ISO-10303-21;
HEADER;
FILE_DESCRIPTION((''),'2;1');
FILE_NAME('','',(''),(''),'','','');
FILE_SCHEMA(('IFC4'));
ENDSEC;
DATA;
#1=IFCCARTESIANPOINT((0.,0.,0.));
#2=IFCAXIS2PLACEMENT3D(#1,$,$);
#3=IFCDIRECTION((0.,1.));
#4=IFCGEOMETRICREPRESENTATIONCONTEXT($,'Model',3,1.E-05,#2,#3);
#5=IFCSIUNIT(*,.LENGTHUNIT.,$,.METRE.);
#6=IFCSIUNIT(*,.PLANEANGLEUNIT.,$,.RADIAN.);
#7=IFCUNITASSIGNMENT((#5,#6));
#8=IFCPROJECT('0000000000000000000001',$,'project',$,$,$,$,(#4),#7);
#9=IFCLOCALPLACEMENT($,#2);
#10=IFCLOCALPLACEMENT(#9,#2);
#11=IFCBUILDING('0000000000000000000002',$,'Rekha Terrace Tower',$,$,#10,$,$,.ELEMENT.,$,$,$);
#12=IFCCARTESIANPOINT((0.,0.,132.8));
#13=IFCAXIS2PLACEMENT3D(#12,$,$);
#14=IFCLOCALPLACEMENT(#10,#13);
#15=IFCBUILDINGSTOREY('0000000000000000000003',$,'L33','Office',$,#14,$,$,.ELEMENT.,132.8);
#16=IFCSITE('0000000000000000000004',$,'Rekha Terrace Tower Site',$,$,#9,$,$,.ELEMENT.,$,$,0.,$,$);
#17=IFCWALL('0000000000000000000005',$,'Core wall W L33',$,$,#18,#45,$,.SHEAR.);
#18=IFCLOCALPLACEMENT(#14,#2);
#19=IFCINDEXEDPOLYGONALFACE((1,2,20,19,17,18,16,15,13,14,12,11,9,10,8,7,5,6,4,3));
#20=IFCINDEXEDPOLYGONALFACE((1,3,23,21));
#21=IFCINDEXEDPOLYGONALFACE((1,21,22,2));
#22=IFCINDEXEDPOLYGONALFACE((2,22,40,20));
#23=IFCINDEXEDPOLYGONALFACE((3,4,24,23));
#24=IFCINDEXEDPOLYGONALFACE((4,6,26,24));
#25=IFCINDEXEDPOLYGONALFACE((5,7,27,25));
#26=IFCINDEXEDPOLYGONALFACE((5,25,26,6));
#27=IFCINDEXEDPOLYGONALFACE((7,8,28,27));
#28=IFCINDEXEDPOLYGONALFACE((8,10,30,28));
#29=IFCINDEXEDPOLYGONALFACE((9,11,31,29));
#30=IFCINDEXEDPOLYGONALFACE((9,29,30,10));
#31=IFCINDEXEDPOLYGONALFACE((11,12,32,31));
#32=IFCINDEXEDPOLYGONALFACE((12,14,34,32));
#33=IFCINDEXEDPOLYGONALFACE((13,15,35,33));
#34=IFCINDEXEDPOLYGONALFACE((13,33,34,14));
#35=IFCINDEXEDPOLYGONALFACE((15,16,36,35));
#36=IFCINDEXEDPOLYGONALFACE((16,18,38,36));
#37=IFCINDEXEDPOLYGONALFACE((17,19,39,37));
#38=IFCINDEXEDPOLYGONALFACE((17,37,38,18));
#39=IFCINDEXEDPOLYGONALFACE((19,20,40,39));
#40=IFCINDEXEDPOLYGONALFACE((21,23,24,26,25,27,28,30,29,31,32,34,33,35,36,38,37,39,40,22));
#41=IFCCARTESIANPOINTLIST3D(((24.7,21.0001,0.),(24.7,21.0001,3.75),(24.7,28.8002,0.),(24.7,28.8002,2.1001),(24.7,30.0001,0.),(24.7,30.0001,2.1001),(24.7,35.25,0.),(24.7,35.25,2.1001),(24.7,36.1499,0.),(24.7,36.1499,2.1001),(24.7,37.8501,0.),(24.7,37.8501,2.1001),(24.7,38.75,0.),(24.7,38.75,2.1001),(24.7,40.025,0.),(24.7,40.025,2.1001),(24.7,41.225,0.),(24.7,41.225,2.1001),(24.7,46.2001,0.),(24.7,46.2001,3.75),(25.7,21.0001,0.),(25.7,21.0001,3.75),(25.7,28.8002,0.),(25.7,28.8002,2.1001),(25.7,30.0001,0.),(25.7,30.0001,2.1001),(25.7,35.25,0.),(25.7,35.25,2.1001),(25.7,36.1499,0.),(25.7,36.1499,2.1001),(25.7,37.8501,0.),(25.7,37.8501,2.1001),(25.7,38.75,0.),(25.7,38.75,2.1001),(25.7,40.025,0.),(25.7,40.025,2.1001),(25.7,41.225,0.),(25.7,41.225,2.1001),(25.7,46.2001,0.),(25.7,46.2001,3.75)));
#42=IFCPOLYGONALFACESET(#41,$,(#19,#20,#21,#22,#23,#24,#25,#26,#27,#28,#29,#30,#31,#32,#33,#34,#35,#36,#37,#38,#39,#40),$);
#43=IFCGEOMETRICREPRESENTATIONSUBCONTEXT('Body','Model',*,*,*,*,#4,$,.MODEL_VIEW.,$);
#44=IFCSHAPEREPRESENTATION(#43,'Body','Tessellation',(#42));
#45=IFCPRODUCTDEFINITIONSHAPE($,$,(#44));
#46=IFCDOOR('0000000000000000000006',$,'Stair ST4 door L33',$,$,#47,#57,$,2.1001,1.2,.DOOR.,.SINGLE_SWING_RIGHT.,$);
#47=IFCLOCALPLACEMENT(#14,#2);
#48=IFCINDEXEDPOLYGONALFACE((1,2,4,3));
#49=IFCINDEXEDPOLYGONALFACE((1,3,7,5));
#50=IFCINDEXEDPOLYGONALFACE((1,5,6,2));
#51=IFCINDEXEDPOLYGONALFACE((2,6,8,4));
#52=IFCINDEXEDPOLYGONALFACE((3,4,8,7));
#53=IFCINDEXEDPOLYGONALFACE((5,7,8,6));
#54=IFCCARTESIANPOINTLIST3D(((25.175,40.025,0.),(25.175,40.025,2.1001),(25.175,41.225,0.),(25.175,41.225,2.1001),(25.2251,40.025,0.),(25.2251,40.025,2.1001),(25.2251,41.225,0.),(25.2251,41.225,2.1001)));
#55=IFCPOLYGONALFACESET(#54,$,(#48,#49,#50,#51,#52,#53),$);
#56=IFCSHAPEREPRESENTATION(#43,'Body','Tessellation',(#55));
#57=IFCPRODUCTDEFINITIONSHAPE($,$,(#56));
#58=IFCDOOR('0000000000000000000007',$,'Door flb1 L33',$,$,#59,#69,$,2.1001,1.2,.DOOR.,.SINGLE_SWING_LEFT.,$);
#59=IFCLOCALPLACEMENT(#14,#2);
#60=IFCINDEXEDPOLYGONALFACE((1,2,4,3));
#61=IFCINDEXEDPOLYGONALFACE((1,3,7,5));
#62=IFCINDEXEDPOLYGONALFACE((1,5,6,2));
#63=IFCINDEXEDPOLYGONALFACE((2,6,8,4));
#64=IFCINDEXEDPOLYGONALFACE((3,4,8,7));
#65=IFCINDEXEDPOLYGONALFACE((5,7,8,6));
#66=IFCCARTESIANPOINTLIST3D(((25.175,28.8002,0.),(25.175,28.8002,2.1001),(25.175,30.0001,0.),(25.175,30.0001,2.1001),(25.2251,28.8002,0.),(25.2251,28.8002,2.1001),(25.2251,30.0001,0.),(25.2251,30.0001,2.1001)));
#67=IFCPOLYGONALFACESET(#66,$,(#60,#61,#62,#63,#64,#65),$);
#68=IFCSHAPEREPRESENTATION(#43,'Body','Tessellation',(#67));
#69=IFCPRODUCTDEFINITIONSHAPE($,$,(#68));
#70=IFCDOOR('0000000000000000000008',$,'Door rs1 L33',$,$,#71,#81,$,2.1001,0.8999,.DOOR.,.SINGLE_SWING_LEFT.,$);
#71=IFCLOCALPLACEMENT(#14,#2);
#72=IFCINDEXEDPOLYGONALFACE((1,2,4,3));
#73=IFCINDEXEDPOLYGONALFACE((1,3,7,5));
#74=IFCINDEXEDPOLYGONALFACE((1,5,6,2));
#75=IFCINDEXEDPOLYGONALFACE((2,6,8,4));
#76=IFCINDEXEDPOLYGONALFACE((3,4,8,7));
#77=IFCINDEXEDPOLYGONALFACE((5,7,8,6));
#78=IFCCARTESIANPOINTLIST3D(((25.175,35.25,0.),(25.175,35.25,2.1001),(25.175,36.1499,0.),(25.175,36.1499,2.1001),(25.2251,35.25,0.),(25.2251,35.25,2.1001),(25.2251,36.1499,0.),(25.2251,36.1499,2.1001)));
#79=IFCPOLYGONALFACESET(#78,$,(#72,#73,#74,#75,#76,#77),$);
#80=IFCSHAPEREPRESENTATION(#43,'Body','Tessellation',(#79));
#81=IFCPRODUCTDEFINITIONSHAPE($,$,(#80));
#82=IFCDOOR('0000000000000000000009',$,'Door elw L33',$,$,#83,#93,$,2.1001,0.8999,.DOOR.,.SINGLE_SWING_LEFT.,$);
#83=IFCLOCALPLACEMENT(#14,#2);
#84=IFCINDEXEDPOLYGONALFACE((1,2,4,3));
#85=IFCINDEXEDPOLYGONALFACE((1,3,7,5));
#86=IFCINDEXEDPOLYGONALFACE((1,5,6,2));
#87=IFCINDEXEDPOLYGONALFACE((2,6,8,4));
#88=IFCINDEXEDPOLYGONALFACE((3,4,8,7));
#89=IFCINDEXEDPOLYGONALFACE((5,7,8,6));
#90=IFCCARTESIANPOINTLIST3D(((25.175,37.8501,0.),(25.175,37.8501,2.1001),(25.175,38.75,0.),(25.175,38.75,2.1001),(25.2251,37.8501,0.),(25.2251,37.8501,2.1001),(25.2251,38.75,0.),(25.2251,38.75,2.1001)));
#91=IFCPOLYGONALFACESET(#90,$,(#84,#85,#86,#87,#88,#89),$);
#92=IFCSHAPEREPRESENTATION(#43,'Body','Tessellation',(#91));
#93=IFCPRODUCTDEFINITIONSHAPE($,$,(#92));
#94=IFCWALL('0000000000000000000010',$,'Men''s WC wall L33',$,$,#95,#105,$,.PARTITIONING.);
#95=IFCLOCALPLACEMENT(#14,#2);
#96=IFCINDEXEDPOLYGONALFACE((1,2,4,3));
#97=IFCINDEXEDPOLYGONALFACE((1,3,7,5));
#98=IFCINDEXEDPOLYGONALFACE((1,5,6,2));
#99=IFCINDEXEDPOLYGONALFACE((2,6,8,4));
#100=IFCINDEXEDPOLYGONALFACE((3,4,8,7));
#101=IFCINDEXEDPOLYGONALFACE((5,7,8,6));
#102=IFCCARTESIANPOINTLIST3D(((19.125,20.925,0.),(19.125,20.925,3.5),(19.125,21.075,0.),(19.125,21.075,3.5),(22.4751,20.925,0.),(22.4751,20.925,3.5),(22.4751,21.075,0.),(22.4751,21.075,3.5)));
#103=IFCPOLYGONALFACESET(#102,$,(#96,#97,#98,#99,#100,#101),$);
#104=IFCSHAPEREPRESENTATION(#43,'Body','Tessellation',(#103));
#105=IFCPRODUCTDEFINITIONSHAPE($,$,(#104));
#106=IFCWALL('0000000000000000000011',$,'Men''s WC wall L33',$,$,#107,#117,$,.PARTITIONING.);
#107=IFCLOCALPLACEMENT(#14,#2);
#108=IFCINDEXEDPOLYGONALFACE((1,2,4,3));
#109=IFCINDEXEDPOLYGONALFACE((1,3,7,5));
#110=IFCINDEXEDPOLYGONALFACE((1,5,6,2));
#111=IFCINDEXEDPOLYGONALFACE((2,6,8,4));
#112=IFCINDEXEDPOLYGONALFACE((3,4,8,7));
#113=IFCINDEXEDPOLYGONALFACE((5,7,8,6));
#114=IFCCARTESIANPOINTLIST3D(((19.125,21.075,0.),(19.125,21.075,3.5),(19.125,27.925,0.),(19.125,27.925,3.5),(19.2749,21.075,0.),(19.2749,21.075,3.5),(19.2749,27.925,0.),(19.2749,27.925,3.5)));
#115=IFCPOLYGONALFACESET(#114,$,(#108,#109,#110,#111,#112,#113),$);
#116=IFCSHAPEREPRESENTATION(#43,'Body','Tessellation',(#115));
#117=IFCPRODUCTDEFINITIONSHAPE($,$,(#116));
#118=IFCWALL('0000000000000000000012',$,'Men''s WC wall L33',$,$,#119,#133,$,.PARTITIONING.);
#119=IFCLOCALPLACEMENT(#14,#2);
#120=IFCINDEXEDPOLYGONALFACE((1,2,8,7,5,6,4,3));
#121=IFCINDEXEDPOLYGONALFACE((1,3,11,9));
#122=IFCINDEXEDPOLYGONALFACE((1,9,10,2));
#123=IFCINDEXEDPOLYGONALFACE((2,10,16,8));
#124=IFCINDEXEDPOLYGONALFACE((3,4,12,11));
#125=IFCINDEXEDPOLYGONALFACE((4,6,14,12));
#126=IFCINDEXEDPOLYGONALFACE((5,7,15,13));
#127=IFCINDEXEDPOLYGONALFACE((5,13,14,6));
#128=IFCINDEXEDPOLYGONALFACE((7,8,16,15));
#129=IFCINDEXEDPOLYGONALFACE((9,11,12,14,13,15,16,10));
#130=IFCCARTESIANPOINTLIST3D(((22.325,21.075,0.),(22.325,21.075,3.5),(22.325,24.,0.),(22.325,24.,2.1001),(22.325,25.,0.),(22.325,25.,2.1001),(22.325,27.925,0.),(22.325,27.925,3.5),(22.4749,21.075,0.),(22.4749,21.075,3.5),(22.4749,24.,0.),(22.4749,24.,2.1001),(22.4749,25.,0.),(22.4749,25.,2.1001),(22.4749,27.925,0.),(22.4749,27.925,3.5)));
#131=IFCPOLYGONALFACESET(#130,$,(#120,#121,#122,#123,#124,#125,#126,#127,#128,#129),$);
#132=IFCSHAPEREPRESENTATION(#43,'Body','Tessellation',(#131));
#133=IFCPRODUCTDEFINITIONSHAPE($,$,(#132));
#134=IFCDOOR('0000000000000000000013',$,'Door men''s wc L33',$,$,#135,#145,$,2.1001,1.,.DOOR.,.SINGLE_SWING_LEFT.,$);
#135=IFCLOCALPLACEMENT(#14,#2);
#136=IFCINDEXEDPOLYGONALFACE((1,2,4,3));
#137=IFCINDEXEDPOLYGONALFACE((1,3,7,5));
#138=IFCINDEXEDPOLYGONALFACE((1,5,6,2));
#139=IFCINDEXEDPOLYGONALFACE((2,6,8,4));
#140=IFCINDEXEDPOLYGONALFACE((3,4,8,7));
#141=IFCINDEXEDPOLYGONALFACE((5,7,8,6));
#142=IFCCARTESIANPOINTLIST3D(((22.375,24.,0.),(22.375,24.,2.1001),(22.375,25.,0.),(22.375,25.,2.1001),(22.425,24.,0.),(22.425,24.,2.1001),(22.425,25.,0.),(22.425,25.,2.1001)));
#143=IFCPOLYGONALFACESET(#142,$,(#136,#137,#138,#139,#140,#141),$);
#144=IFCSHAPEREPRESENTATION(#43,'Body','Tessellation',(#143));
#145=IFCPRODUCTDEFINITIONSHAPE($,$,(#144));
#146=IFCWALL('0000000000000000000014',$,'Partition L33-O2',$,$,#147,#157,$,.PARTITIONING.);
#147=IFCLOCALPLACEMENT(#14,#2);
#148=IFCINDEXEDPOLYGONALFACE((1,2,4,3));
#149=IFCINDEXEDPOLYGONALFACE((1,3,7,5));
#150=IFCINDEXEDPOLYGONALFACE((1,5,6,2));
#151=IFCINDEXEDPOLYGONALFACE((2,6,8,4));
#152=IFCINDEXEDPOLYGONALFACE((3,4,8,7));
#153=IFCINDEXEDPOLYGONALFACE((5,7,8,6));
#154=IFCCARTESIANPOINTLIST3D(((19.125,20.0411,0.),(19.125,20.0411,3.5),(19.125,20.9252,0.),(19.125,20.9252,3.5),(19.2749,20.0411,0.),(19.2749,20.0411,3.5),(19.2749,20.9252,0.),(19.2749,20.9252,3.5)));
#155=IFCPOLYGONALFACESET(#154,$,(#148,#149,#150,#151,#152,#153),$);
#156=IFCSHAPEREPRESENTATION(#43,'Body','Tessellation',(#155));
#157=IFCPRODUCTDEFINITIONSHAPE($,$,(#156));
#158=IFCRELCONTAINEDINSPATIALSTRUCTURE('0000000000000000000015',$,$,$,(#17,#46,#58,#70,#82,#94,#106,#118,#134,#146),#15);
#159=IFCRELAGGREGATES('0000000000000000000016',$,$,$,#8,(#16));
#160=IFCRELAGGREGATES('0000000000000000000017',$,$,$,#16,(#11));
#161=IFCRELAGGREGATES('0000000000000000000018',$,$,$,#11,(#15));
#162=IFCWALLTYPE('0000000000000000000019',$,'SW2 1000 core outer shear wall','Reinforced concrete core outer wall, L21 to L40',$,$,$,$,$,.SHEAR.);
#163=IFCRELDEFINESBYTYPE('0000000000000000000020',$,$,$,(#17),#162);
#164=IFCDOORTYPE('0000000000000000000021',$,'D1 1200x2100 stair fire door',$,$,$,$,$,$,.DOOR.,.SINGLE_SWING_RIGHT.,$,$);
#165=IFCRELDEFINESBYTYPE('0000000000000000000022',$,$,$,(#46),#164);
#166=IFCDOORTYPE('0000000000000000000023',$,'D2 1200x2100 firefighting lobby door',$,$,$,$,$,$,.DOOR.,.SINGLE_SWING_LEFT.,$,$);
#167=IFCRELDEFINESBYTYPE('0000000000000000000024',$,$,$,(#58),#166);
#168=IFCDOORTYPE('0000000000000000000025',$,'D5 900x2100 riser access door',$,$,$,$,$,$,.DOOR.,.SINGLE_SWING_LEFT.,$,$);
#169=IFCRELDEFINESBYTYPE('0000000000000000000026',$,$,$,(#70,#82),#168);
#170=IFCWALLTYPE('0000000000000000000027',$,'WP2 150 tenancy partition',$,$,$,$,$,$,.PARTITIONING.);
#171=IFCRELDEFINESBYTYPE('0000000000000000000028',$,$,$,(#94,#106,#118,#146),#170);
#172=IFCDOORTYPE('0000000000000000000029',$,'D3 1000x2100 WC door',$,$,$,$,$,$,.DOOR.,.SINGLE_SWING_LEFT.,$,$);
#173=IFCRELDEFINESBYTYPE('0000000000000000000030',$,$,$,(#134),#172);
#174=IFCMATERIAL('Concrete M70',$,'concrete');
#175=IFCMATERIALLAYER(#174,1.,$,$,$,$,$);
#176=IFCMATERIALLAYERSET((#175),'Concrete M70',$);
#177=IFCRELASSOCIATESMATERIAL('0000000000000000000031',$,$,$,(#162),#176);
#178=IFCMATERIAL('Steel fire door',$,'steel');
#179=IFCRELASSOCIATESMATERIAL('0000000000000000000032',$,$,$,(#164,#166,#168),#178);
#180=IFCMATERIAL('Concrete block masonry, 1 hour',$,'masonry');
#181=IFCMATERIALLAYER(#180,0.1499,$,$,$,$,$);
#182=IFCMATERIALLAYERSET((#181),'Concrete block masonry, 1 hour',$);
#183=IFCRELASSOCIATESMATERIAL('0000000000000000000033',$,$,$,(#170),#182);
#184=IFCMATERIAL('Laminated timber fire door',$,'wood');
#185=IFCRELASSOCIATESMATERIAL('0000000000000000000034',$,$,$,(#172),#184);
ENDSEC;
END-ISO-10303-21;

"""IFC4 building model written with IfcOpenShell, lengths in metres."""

from ifc_helpers import new_model, si_unit, direction, frame, frame_2d, origin, place, context, subcontext, project, spatial, rectangle, extrude, material, layer, layer_set, type_object, element, fill, save


model = new_model("IFC4")

# Units and contexts
model_context = context("Model", 3, precision=1e-05, world=origin(), true_north=direction((0.0, 1.0)))
body_context = subcontext(model_context, "Body", "Model", "MODEL_VIEW")
ifc_project = project(units=[si_unit("LENGTHUNIT", "METRE"), si_unit("PLANEANGLEUNIT", "RADIAN")], contexts=[model_context])

# Site, building, storey
site_placement = place(None, origin())
site = spatial("IfcSite", under=ifc_project, at=site_placement, Name="Rekha Terrace Tower Site", CompositionType="ELEMENT", RefElevation=0.0)
building_placement = place(site_placement, origin())
building = spatial("IfcBuilding", under=site, at=building_placement, Name="Rekha Terrace Tower", CompositionType="ELEMENT")
storey_placement = place(building_placement, frame((0.0, 0.0, 132.8)))
storey = spatial("IfcBuildingStorey", under=building, at=storey_placement, Name="L33", Description="Office", CompositionType="ELEMENT", Elevation=132.8)

# Shared definitions
ifc_material_1 = material(Name="Concrete M70", Category="concrete")

# Shared definitions
ifc_layer_1 = layer(ifc_material_1, 1.0)
ifc_layer_set_1 = layer_set([ifc_layer_1], Name="Concrete M70")
wall_type_1 = type_object("IfcWallType", Name="SW2 1000 core outer shear wall", Description="Reinforced concrete core outer wall, L21 to L40", PredefinedType="SHEAR", material=ifc_layer_set_1)

# Wall, openings, doors
wall_1_placement = place(storey_placement, frame((25.2, 21.0, 0.0), z_axis=(0.0, 0.0, 1.0), x_axis=(0.0, 1.0, 0.0)))
wall_1 = element("IfcWall", 1, at=wall_1_placement, inside=storey, type_object=wall_type_1, Name="Core wall W L33", PredefinedType="SHEAR", context=body_context, shape_type="SweptSolid", body=[
    extrude(rectangle(XDim=25.2, YDim=1.0, at=frame_2d((12.6001, 0.0))), origin(), (0.0, 0.0, 1.0), 3.75),
])
opening_1_placement = place(wall_1_placement, frame((7.8, 0.0, 0.0)))
opening_1 = element("IfcOpeningElement", 2, at=opening_1_placement, cuts=wall_1, PredefinedType="OPENING", context=body_context, shape_type="SweptSolid", body=[
    extrude(rectangle(XDim=1.2, YDim=2.1001, at=frame_2d((0.6001, 1.05))), frame((0.0, 0.51, 0.0), z_axis=(0.0, -1.0, 0.0), x_axis=(1.0, 0.0, 0.0)), (0.0, 0.0, 1.0), 1.02),
])
opening_2_placement = place(wall_1_placement, frame((14.25, 0.0, 0.0)))
opening_2 = element("IfcOpeningElement", 3, at=opening_2_placement, cuts=wall_1, PredefinedType="OPENING", context=body_context, shape_type="SweptSolid", body=[
    extrude(rectangle(XDim=0.8999, YDim=2.1001, at=frame_2d((0.45, 1.05))), frame((0.0, 0.51, 0.0), z_axis=(0.0, -1.0, 0.0), x_axis=(1.0, 0.0, 0.0)), (0.0, 0.0, 1.0), 1.02),
])
opening_3_placement = place(wall_1_placement, frame((16.8501, 0.0, 0.0)))
opening_3 = element("IfcOpeningElement", 4, at=opening_3_placement, cuts=wall_1, PredefinedType="OPENING", context=body_context, shape_type="SweptSolid", body=[
    extrude(rectangle(XDim=0.8999, YDim=2.1001, at=frame_2d((0.45, 1.05))), frame((0.0, 0.51, 0.0), z_axis=(0.0, -1.0, 0.0), x_axis=(1.0, 0.0, 0.0)), (0.0, 0.0, 1.0), 1.02),
])
opening_4_placement = place(wall_1_placement, frame((19.0249, 0.0, 0.0)))
opening_4 = element("IfcOpeningElement", 5, at=opening_4_placement, cuts=wall_1, PredefinedType="OPENING", context=body_context, shape_type="SweptSolid", body=[
    extrude(rectangle(XDim=1.2, YDim=2.1001, at=frame_2d((0.6001, 1.05))), frame((0.0, 0.51, 0.0), z_axis=(0.0, -1.0, 0.0), x_axis=(1.0, 0.0, 0.0)), (0.0, 0.0, 1.0), 1.02),
])
ifc_material_2 = material(Name="Steel fire door", Category="steel")
door_type_1 = type_object("IfcDoorType", Name="D1 1200x2100 stair fire door", OperationType="SINGLE_SWING_RIGHT", PredefinedType="DOOR", material=ifc_material_2)
door_1_placement = place(opening_4_placement, origin())
door_1 = element("IfcDoor", 6, at=door_1_placement, inside=storey, type_object=door_type_1, Name="Stair ST4 door L33", OperationType="SINGLE_SWING_RIGHT", OverallHeight=2.1001, OverallWidth=1.2, PredefinedType="DOOR", context=body_context, shape_type="SweptSolid", body=[
    extrude(rectangle(XDim=1.2, YDim=2.1001, at=frame_2d((0.6001, 1.05))), frame((0.0, 0.0249, 0.0), z_axis=(0.0, -1.0, 0.0), x_axis=(1.0, 0.0, 0.0)), (0.0, 0.0, 1.0), 0.05),
])
fill(opening_4, door_1)
door_type_2 = type_object("IfcDoorType", Name="D2 1200x2100 firefighting lobby door", OperationType="SINGLE_SWING_LEFT", PredefinedType="DOOR", material=ifc_material_2)
door_2_placement = place(opening_1_placement, origin())
door_2 = element("IfcDoor", 7, at=door_2_placement, inside=storey, type_object=door_type_2, Name="Door flb1 L33", OperationType="SINGLE_SWING_LEFT", OverallHeight=2.1001, OverallWidth=1.2, PredefinedType="DOOR", context=body_context, shape_type="SweptSolid", body=[
    extrude(rectangle(XDim=1.2, YDim=2.1001, at=frame_2d((0.6001, 1.05))), frame((0.0, 0.0249, 0.0), z_axis=(0.0, -1.0, 0.0), x_axis=(1.0, 0.0, 0.0)), (0.0, 0.0, 1.0), 0.05),
])
fill(opening_1, door_2)
door_type_3 = type_object("IfcDoorType", Name="D5 900x2100 riser access door", OperationType="SINGLE_SWING_LEFT", PredefinedType="DOOR", material=ifc_material_2)
door_3_placement = place(opening_2_placement, origin())
door_3 = element("IfcDoor", 8, at=door_3_placement, inside=storey, type_object=door_type_3, Name="Door rs1 L33", OperationType="SINGLE_SWING_LEFT", OverallHeight=2.1001, OverallWidth=0.8999, PredefinedType="DOOR", context=body_context, shape_type="SweptSolid", body=[
    extrude(rectangle(XDim=0.8999, YDim=2.1001, at=frame_2d((0.45, 1.05))), frame((0.0, 0.0249, 0.0), z_axis=(0.0, -1.0, 0.0), x_axis=(1.0, 0.0, 0.0)), (0.0, 0.0, 1.0), 0.05),
])
fill(opening_2, door_3)
door_4_placement = place(opening_3_placement, origin())
door_4 = element("IfcDoor", 9, at=door_4_placement, inside=storey, type_object=door_type_3, Name="Door elw L33", OperationType="SINGLE_SWING_LEFT", OverallHeight=2.1001, OverallWidth=0.8999, PredefinedType="DOOR", context=body_context, shape_type="SweptSolid", body=[
    extrude(rectangle(XDim=0.8999, YDim=2.1001, at=frame_2d((0.45, 1.05))), frame((0.0, 0.0249, 0.0), z_axis=(0.0, -1.0, 0.0), x_axis=(1.0, 0.0, 0.0)), (0.0, 0.0, 1.0), 0.05),
])
fill(opening_3, door_4)

# Walls
ifc_material_3 = material(Name="Concrete block masonry, 1 hour", Category="masonry")
ifc_layer_2 = layer(ifc_material_3, 0.1499)
ifc_layer_set_2 = layer_set([ifc_layer_2], Name="Concrete block masonry, 1 hour")
wall_type_2 = type_object("IfcWallType", Name="WP2 150 tenancy partition", PredefinedType="PARTITIONING", material=ifc_layer_set_2)
wall_2_placement = place(storey_placement, frame((19.125, 21.0, 0.0), z_axis=(0.0, 0.0, 1.0), x_axis=(1.0, 0.0, 0.0)))
element("IfcWall", 10, at=wall_2_placement, inside=storey, type_object=wall_type_2, Name="Men's WC wall L33", PredefinedType="PARTITIONING", context=body_context, shape_type="SweptSolid", body=[
    extrude(rectangle(XDim=3.3501, YDim=0.1499, at=frame_2d((1.675, 0.0))), origin(), (0.0, 0.0, 1.0), 3.5),
])
wall_3_placement = place(storey_placement, frame((19.2, 21.075, 0.0), z_axis=(0.0, 0.0, 1.0), x_axis=(0.0, 1.0, 0.0)))
element("IfcWall", 11, at=wall_3_placement, inside=storey, type_object=wall_type_2, Name="Men's WC wall L33", PredefinedType="PARTITIONING", context=body_context, shape_type="SweptSolid", body=[
    extrude(rectangle(XDim=6.8501, YDim=0.1499, at=frame_2d((3.425, 0.0))), origin(), (0.0, 0.0, 1.0), 3.5),
])

# Wall, opening, door
wall_4_placement = place(storey_placement, frame((22.3999, 21.075, 0.0), z_axis=(0.0, 0.0, 1.0), x_axis=(0.0, 1.0, 0.0)))
wall_4 = element("IfcWall", 12, at=wall_4_placement, inside=storey, type_object=wall_type_2, Name="Men's WC wall L33", PredefinedType="PARTITIONING", context=body_context, shape_type="SweptSolid", body=[
    extrude(rectangle(XDim=6.8501, YDim=0.1499, at=frame_2d((3.425, 0.0))), origin(), (0.0, 0.0, 1.0), 3.5),
])
opening_5_placement = place(wall_4_placement, frame((2.925, 0.0, 0.0)))
opening_5 = element("IfcOpeningElement", 13, at=opening_5_placement, cuts=wall_4, PredefinedType="OPENING", context=body_context, shape_type="SweptSolid", body=[
    extrude(rectangle(XDim=1.0, YDim=2.1001, at=frame_2d((0.5, 1.05))), frame((0.0, 0.085, 0.0), z_axis=(0.0, -1.0, 0.0), x_axis=(1.0, 0.0, 0.0)), (0.0, 0.0, 1.0), 0.1699),
])
ifc_material_4 = material(Name="Laminated timber fire door", Category="wood")
door_type_4 = type_object("IfcDoorType", Name="D3 1000x2100 WC door", OperationType="SINGLE_SWING_LEFT", PredefinedType="DOOR", material=ifc_material_4)
door_5_placement = place(opening_5_placement, origin())
door_5 = element("IfcDoor", 14, at=door_5_placement, inside=storey, type_object=door_type_4, Name="Door men's wc L33", OperationType="SINGLE_SWING_LEFT", OverallHeight=2.1001, OverallWidth=1.0, PredefinedType="DOOR", context=body_context, shape_type="SweptSolid", body=[
    extrude(rectangle(XDim=1.0, YDim=2.1001, at=frame_2d((0.5, 1.05))), frame((0.0, 0.0249, 0.0), z_axis=(0.0, -1.0, 0.0), x_axis=(1.0, 0.0, 0.0)), (0.0, 0.0, 1.0), 0.05),
])
fill(opening_5, door_5)

# Wall
wall_5_placement = place(storey_placement, frame((19.2, 20.925, 0.0), z_axis=(0.0, 0.0, 1.0), x_axis=(0.0, -1.0, 0.0)))
element("IfcWall", 15, at=wall_5_placement, inside=storey, type_object=wall_type_2, Name="Partition L33-O2", PredefinedType="PARTITIONING", context=body_context, shape_type="SweptSolid", body=[
    extrude(rectangle(XDim=0.884, YDim=0.1499, at=frame_2d((0.4419, 0.0))), origin(), (0.0, 0.0, 1.0), 3.5),
])

save(model, "model.ifc")
